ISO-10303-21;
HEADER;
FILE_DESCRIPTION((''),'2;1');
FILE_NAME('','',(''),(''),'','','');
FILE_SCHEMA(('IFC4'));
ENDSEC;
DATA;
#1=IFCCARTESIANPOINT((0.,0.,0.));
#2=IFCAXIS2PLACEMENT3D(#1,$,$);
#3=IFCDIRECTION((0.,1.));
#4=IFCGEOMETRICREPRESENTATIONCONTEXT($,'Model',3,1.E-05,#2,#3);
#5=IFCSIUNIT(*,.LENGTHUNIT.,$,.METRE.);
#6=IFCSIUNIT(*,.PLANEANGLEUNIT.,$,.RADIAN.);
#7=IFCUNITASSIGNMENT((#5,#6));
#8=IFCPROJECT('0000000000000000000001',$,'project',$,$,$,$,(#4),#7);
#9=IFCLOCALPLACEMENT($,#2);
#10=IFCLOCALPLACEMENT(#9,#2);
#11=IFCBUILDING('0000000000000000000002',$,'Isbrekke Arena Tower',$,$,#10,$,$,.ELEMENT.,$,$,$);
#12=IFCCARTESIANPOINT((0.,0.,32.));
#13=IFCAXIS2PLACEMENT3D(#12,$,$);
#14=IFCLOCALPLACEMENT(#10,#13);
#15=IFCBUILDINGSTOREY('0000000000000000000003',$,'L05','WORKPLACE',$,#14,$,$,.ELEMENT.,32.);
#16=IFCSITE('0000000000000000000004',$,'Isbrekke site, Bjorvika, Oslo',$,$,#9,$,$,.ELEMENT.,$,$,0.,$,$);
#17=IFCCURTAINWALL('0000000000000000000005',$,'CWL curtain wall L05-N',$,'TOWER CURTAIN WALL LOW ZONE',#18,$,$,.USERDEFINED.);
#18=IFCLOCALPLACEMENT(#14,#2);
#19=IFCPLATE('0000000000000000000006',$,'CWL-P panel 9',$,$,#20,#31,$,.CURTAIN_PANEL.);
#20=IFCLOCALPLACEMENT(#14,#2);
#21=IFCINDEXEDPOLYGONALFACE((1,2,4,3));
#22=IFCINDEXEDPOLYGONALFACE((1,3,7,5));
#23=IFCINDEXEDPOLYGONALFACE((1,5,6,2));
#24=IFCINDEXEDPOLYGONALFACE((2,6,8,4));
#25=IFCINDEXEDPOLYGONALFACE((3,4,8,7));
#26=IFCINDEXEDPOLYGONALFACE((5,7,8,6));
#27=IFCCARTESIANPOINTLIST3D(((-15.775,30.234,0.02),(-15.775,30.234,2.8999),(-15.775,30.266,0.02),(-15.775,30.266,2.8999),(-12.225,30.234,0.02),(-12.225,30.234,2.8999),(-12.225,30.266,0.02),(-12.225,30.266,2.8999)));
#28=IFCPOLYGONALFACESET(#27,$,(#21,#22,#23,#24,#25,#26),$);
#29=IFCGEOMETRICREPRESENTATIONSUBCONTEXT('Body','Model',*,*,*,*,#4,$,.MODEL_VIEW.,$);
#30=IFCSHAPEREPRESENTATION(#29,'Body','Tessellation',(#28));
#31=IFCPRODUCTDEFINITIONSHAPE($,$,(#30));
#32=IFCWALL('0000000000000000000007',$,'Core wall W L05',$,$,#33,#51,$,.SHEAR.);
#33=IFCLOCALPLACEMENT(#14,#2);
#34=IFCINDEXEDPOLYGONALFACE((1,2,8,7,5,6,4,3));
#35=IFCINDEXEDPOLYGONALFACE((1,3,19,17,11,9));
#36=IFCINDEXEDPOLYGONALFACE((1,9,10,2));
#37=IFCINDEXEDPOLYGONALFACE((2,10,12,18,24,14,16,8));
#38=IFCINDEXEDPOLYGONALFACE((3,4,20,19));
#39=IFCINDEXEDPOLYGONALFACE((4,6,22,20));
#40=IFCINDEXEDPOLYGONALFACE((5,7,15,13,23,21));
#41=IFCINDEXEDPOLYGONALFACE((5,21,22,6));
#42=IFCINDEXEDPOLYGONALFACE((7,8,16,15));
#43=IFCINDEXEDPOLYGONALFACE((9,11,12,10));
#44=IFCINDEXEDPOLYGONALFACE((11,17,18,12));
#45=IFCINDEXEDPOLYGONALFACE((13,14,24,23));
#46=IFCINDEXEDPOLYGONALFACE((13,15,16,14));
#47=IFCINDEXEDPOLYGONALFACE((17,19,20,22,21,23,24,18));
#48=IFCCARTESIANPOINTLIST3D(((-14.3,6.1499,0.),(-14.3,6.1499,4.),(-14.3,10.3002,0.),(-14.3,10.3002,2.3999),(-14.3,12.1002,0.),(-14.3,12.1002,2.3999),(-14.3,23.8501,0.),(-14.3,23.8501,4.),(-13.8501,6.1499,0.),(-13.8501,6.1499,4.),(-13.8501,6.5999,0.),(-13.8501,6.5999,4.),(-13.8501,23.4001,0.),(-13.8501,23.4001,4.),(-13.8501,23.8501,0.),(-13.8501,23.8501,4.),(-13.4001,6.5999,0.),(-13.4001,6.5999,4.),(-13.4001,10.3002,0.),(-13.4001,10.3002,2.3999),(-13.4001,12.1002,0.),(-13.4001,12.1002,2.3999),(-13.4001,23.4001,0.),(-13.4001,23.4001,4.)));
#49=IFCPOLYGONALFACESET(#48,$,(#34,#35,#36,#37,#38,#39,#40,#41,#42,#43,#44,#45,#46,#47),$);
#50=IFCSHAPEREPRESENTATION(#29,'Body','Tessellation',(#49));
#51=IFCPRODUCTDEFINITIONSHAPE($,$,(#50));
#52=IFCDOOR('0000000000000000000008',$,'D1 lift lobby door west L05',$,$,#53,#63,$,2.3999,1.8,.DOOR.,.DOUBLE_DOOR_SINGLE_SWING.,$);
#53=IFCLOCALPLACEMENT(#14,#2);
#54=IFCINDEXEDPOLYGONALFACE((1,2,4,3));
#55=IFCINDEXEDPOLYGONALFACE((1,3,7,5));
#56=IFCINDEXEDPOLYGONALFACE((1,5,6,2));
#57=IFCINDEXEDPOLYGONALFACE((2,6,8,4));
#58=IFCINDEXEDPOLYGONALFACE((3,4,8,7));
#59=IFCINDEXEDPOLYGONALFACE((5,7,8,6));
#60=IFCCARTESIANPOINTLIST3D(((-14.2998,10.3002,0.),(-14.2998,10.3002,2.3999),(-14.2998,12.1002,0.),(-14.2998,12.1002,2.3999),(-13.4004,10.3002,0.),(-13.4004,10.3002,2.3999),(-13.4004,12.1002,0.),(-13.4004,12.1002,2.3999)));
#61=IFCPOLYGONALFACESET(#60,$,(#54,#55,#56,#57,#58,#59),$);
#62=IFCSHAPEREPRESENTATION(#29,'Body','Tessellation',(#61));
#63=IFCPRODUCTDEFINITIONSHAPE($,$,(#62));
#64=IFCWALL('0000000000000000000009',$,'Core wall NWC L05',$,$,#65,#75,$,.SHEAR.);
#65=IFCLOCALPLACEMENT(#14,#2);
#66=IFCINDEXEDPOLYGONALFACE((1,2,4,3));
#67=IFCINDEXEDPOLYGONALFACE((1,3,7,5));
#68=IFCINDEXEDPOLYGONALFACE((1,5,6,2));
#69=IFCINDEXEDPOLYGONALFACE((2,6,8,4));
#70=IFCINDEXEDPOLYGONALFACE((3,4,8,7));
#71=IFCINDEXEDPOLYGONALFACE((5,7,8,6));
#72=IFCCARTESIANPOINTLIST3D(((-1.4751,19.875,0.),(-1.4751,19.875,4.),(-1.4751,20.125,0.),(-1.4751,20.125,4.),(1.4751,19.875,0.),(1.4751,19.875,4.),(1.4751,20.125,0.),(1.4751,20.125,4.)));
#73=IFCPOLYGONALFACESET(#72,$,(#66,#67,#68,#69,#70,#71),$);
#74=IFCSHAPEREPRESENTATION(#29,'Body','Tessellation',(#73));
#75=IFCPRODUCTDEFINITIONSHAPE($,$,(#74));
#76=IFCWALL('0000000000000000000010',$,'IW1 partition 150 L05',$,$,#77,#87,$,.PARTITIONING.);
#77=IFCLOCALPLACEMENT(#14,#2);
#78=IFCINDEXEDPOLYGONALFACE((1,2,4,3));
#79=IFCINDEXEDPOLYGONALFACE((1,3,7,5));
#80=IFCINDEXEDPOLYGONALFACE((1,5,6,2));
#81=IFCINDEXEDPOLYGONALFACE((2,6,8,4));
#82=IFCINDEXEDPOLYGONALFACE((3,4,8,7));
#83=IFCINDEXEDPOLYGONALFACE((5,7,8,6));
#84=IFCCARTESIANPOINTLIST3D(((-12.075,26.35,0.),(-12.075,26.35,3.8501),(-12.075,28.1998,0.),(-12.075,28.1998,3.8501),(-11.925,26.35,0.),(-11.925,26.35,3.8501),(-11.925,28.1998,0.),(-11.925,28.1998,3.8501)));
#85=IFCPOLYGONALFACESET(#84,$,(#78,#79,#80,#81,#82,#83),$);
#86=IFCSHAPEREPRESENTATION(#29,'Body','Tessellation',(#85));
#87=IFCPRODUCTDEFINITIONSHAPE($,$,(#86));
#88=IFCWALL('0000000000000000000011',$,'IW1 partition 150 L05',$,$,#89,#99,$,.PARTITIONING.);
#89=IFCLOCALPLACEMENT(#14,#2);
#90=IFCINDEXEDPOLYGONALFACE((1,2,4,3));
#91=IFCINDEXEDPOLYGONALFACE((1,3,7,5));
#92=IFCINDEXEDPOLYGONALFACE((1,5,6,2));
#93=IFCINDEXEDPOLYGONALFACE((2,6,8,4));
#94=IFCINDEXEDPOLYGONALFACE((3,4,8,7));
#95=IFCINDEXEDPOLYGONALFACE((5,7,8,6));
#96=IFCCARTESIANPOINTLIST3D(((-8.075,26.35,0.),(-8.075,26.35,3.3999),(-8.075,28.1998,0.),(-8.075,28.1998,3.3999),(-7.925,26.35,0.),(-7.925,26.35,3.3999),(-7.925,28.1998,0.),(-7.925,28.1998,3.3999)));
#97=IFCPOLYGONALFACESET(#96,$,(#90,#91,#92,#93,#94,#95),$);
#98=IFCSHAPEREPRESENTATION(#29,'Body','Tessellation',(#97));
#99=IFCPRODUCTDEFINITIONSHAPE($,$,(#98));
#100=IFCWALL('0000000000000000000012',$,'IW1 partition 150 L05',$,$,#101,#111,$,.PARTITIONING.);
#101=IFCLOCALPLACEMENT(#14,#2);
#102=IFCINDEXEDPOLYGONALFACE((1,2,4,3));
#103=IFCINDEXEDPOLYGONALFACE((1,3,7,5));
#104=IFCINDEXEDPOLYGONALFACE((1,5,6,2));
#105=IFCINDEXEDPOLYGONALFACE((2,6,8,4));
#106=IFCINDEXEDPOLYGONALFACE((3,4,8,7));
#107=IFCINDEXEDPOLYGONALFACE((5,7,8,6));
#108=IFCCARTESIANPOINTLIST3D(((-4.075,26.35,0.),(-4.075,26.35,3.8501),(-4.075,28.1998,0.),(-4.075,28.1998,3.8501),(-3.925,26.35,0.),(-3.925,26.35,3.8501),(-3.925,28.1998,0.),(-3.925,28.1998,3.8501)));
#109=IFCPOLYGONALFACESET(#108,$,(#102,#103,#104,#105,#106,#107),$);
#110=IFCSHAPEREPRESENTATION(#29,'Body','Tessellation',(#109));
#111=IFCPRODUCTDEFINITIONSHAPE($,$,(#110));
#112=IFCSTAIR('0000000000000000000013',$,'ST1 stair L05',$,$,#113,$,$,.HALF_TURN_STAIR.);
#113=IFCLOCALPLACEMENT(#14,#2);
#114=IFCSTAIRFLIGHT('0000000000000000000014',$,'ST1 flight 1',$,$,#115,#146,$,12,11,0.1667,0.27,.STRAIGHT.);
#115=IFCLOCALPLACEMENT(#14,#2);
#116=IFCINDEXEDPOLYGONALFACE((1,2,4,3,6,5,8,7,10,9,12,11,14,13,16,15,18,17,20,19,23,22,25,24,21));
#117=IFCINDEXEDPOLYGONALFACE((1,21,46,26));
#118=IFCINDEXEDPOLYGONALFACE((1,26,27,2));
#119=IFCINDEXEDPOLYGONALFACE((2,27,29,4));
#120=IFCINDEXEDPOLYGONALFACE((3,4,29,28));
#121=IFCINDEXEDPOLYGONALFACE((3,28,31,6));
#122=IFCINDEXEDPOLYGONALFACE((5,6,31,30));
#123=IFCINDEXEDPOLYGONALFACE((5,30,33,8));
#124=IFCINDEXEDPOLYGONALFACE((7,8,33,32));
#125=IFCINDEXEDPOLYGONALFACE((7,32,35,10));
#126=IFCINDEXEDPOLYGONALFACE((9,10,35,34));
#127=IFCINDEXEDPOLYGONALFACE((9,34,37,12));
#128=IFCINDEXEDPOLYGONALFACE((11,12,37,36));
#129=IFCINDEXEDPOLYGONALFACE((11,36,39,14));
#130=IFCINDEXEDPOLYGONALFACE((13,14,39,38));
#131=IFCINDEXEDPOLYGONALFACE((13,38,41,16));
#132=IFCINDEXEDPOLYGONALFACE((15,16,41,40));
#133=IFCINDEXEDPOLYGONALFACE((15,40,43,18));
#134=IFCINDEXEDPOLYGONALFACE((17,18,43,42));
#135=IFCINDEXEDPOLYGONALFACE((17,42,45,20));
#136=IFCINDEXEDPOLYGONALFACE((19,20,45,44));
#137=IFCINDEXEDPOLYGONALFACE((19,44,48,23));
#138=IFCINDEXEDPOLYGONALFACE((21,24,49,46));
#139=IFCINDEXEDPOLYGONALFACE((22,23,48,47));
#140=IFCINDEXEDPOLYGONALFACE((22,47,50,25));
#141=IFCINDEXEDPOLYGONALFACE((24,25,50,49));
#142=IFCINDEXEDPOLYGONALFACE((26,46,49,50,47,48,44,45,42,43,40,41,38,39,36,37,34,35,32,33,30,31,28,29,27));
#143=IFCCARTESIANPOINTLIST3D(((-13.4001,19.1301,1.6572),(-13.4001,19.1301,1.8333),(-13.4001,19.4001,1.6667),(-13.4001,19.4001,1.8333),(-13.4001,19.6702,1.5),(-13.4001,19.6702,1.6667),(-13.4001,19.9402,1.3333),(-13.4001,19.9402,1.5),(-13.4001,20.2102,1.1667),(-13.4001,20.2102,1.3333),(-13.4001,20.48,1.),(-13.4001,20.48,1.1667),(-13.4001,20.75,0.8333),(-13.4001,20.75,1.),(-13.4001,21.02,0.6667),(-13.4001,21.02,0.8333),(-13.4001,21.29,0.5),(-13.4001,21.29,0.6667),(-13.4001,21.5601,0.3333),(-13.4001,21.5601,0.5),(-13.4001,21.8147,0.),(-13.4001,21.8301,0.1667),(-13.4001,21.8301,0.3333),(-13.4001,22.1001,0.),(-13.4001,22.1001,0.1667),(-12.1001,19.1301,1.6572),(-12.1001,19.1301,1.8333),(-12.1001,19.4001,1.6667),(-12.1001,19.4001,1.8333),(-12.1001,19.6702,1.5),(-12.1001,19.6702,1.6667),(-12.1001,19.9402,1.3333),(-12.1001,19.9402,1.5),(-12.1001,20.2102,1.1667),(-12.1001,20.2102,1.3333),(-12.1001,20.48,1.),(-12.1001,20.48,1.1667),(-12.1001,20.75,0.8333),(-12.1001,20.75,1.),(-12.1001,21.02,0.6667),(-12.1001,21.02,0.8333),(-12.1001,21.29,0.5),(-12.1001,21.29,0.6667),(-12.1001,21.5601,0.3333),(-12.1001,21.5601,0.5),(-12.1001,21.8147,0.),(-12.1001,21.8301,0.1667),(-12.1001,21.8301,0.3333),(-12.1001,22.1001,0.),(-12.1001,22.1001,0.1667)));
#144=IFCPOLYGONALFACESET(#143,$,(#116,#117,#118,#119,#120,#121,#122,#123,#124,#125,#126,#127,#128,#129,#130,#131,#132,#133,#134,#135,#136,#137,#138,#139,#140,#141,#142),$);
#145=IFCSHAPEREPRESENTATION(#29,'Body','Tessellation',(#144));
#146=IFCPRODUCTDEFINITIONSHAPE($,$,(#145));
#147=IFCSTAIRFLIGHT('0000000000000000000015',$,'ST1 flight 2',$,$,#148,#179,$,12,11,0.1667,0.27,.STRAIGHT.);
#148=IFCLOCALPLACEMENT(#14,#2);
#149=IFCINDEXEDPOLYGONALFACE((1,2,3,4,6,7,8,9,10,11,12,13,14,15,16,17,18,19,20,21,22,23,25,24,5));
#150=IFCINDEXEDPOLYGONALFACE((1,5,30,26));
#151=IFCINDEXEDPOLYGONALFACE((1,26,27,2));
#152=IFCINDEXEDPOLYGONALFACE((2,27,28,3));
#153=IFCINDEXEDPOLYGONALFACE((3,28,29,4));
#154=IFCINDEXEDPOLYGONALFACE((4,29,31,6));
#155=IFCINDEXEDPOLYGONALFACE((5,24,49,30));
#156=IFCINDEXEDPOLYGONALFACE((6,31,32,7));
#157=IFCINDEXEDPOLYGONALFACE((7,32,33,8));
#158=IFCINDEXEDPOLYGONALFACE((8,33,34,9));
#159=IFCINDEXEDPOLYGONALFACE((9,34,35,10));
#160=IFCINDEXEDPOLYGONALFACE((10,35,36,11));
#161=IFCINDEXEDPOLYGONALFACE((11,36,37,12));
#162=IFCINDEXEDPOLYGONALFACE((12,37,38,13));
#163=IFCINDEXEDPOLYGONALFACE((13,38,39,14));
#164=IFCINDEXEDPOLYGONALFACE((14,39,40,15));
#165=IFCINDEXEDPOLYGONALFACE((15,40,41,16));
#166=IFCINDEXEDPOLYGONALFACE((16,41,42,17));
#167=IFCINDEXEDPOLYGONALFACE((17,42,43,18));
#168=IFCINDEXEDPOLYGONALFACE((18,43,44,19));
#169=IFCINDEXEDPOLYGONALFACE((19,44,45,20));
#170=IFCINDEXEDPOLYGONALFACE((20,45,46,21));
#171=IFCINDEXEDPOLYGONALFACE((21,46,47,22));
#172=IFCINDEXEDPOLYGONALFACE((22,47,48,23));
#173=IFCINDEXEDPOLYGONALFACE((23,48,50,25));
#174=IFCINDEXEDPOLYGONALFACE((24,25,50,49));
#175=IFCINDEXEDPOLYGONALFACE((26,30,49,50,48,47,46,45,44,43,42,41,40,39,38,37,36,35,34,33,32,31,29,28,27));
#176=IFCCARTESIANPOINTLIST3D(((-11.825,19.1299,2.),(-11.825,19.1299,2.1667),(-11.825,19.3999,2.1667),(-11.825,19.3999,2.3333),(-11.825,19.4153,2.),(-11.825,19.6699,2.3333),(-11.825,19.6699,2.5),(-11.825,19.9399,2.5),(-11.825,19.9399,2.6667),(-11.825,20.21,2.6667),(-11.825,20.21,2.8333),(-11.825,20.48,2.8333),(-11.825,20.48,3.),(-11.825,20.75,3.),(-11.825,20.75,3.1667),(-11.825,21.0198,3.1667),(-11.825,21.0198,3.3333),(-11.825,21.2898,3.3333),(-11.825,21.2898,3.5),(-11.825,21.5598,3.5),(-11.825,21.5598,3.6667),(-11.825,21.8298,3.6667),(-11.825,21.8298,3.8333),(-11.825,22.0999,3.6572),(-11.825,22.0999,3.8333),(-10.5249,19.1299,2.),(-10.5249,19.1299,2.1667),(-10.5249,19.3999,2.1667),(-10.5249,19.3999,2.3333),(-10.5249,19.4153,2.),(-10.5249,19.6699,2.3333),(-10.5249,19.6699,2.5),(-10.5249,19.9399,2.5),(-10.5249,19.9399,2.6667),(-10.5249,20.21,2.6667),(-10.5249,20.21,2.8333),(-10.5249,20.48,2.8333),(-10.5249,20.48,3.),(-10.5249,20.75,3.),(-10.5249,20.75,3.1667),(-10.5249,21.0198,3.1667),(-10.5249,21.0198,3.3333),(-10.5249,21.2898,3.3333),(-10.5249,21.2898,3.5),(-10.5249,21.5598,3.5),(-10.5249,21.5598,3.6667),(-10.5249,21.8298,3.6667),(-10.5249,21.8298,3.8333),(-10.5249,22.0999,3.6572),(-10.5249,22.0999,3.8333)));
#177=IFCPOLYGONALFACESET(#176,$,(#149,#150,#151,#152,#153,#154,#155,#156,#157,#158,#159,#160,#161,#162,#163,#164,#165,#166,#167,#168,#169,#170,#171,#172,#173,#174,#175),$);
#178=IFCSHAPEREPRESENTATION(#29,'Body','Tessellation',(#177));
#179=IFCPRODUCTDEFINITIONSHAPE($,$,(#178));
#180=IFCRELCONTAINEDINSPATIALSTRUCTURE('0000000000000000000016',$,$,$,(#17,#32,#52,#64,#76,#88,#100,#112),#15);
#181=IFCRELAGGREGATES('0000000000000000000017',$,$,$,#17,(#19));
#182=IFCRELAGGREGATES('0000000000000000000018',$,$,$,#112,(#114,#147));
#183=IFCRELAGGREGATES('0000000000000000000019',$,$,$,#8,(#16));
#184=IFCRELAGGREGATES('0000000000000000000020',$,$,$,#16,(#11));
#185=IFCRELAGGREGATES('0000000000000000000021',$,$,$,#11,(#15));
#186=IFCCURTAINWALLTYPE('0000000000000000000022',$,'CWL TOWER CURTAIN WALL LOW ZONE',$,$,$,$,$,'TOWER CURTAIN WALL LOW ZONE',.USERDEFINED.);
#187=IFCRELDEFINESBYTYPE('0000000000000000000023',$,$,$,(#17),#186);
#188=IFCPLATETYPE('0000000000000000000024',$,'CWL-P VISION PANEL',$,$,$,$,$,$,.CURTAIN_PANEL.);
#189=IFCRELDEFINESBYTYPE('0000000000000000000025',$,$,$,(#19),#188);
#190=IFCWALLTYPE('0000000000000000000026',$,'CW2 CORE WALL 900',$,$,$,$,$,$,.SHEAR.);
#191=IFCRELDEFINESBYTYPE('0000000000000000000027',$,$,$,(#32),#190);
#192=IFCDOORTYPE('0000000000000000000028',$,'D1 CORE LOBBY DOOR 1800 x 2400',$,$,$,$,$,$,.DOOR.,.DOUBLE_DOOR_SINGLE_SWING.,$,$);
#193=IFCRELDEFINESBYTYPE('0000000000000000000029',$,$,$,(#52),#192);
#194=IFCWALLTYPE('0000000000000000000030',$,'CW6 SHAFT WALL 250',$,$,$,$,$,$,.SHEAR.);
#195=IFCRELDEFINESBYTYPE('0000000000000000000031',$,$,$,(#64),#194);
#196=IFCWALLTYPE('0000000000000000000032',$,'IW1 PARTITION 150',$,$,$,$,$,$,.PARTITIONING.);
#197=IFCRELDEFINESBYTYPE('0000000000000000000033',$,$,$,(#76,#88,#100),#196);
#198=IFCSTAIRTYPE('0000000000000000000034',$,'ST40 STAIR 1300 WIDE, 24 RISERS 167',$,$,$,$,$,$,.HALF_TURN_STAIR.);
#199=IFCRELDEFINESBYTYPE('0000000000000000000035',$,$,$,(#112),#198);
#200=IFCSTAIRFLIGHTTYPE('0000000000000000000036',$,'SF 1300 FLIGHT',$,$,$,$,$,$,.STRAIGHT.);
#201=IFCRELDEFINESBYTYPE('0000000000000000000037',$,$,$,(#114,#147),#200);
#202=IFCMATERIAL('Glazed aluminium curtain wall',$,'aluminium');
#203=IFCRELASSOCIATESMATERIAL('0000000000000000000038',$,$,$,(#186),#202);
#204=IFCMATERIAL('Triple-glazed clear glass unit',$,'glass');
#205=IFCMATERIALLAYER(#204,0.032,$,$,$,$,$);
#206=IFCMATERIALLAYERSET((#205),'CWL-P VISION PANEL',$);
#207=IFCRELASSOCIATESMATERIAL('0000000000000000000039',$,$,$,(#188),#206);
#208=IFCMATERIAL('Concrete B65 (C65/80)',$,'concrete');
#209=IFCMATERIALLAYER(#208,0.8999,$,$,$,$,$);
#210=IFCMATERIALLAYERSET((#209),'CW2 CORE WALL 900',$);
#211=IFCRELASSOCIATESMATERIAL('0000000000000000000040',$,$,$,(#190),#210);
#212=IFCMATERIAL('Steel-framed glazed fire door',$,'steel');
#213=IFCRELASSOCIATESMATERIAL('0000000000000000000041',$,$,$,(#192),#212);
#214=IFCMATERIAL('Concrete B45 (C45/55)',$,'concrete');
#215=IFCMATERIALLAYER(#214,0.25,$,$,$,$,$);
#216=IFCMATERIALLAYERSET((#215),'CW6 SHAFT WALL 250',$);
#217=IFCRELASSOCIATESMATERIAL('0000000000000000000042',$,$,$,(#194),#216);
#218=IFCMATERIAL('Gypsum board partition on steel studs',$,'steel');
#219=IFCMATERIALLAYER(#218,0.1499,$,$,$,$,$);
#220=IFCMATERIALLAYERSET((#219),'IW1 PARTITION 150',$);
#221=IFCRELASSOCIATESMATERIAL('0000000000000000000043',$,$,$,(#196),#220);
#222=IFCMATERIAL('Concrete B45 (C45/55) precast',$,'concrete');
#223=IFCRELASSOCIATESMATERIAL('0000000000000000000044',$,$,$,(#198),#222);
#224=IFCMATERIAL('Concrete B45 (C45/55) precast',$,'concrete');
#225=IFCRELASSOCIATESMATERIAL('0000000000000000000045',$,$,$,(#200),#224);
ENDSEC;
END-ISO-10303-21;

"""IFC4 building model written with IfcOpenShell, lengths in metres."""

from ifc_helpers import new_model, si_unit, direction, frame, frame_2d, origin, origin_2d, place, context, subcontext, project, spatial, polyline, rectangle, outline, extrude, material, layer, layer_set, type_object, element, fill, aggregate, save


model = new_model("IFC4")

# Units and contexts
model_context = context("Model", 3, precision=1e-05, world=origin(), true_north=direction((0.0, 1.0)))
body_context = subcontext(model_context, "Body", "Model", "MODEL_VIEW")
ifc_project = project(units=[si_unit("LENGTHUNIT", "METRE"), si_unit("PLANEANGLEUNIT", "RADIAN")], contexts=[model_context])

# Site, building, storey
site_placement = place(None, origin())
site = spatial("IfcSite", under=ifc_project, at=site_placement, Name="Isbrekke site, Bjorvika, Oslo", CompositionType="ELEMENT", RefElevation=0.0)
building_placement = place(site_placement, origin())
building = spatial("IfcBuilding", under=site, at=building_placement, Name="Isbrekke Arena Tower", CompositionType="ELEMENT")
storey_placement = place(building_placement, frame((0.0, 0.0, 32.0)))
storey = spatial("IfcBuildingStorey", under=building, at=storey_placement, Name="L05", Description="WORKPLACE", CompositionType="ELEMENT", Elevation=32.0)

# Curtain wall
ifc_material_1 = material(Name="Glazed aluminium curtain wall", Category="aluminium")
curtain_wall_type = type_object("IfcCurtainWallType", Name="CWL TOWER CURTAIN WALL LOW ZONE", ElementType="TOWER CURTAIN WALL LOW ZONE", PredefinedType="USERDEFINED", material=ifc_material_1)
curtain_wall_placement = place(storey_placement, origin())
curtain_wall = element("IfcCurtainWall", 1, at=curtain_wall_placement, inside=storey, type_object=curtain_wall_type, Name="CWL curtain wall L05-N", ObjectType="TOWER CURTAIN WALL LOW ZONE", PredefinedType="USERDEFINED")

# Plate
ifc_material_2 = material(Name="Triple-glazed clear glass unit", Category="glass")
ifc_layer_1 = layer(ifc_material_2, 0.032)
ifc_layer_set_1 = layer_set([ifc_layer_1], Name="CWL-P VISION PANEL")
plate_type = type_object("IfcPlateType", Name="CWL-P VISION PANEL", PredefinedType="CURTAIN_PANEL", material=ifc_layer_set_1)
plate_1_placement = place(storey_placement, frame((-14.0, 30.25, 0.02), z_axis=(0.0, 0.0, 1.0), x_axis=(-1.0, 0.0, 0.0)))
plate_1 = element("IfcPlate", 2, at=plate_1_placement, type_object=plate_type, Name="CWL-P panel 9", PredefinedType="CURTAIN_PANEL", context=body_context, shape_type="SweptSolid", body=[
    extrude(rectangle(XDim=3.55, YDim=0.032, at=origin_2d()), origin(), (0.0, 0.0, 1.0), 2.8799),
])
aggregate(curtain_wall, [plate_1])

# Wall, opening, door
ifc_material_3 = material(Name="Concrete B65 (C65/80)", Category="concrete")
ifc_layer_2 = layer(ifc_material_3, 0.8999)
ifc_layer_set_2 = layer_set([ifc_layer_2], Name="CW2 CORE WALL 900")
wall_type_1 = type_object("IfcWallType", Name="CW2 CORE WALL 900", PredefinedType="SHEAR", material=ifc_layer_set_2)
wall_1_placement = place(storey_placement, frame((-13.8501, 23.8501, 0.0), z_axis=(0.0, 0.0, 1.0), x_axis=(0.0, -1.0, 0.0)))
wall_1 = element("IfcWall", 3, at=wall_1_placement, inside=storey, type_object=wall_type_1, Name="Core wall W L05", PredefinedType="SHEAR", context=body_context, shape_type="SweptSolid", body=[
    extrude(outline(polyline([(0.0, -0.45), (17.7002, -0.45), (17.7002, 0.0), (17.2502, 0.0), (17.2502, 0.45), (0.45, 0.45), (0.45, 0.0), (0.0, 0.0), (0.0, -0.45)])), origin(), (0.0, 0.0, 1.0), 4.0),
])
opening_placement = place(wall_1_placement, frame((11.75, 0.0, 0.0)))
opening = element("IfcOpeningElement", 4, at=opening_placement, cuts=wall_1, PredefinedType="OPENING", context=body_context, shape_type="SweptSolid", body=[
    extrude(rectangle(XDim=1.8, YDim=2.3999, at=frame_2d((0.8999, 1.2))), frame((0.0, 0.4648, 0.0), z_axis=(0.0, -1.0, 0.0), x_axis=(1.0, 0.0, 0.0)), (0.0, 0.0, 1.0), 0.9297),
])
ifc_material_4 = material(Name="Steel-framed glazed fire door", Category="steel")
door_type = type_object("IfcDoorType", Name="D1 CORE LOBBY DOOR 1800 x 2400", OperationType="DOUBLE_DOOR_SINGLE_SWING", PredefinedType="DOOR", material=ifc_material_4)
door_placement = place(opening_placement, origin())
door = element("IfcDoor", 5, at=door_placement, inside=storey, type_object=door_type, Name="D1 lift lobby door west L05", OperationType="DOUBLE_DOOR_SINGLE_SWING", OverallHeight=2.3999, OverallWidth=1.8, PredefinedType="DOOR", context=body_context, shape_type="SweptSolid", body=[
    extrude(rectangle(XDim=1.8, YDim=2.3999, at=frame_2d((0.8999, 1.2))), frame((0.0, 0.4497, 0.0), z_axis=(0.0, -1.0, 0.0), x_axis=(1.0, 0.0, 0.0)), (0.0, 0.0, 1.0), 0.8994),
])
fill(opening, door)

# Walls
ifc_material_5 = material(Name="Concrete B45 (C45/55)", Category="concrete")
ifc_layer_3 = layer(ifc_material_5, 0.25)
ifc_layer_set_3 = layer_set([ifc_layer_3], Name="CW6 SHAFT WALL 250")
wall_type_2 = type_object("IfcWallType", Name="CW6 SHAFT WALL 250", PredefinedType="SHEAR", material=ifc_layer_set_3)
wall_2_placement = place(storey_placement, frame((-1.4751, 20.0, 0.0), z_axis=(0.0, 0.0, 1.0), x_axis=(1.0, 0.0, 0.0)))
element("IfcWall", 6, at=wall_2_placement, inside=storey, type_object=wall_type_2, Name="Core wall NWC L05", PredefinedType="SHEAR", context=body_context, shape_type="SweptSolid", body=[
    extrude(rectangle(XDim=2.9502, YDim=0.25, at=frame_2d((1.4751, 0.0))), origin(), (0.0, 0.0, 1.0), 4.0),
])
ifc_material_6 = material(Name="Gypsum board partition on steel studs", Category="steel")
ifc_layer_4 = layer(ifc_material_6, 0.1499)
ifc_layer_set_4 = layer_set([ifc_layer_4], Name="IW1 PARTITION 150")
wall_type_3 = type_object("IfcWallType", Name="IW1 PARTITION 150", PredefinedType="PARTITIONING", material=ifc_layer_set_4)
wall_3_placement = place(storey_placement, frame((-12.0, 26.3501, 0.0), z_axis=(0.0, 0.0, 1.0), x_axis=(0.0, 1.0, 0.0)))
element("IfcWall", 7, at=wall_3_placement, inside=storey, type_object=wall_type_3, Name="IW1 partition 150 L05", PredefinedType="PARTITIONING", context=body_context, shape_type="SweptSolid", body=[
    extrude(rectangle(XDim=1.8499, YDim=0.1499, at=frame_2d((0.9248, 0.0))), origin(), (0.0, 0.0, 1.0), 3.8501),
])
wall_4_placement = place(storey_placement, frame((-8.0, 26.3501, 0.0), z_axis=(0.0, 0.0, 1.0), x_axis=(0.0, 1.0, 0.0)))
element("IfcWall", 8, at=wall_4_placement, inside=storey, type_object=wall_type_3, Name="IW1 partition 150 L05", PredefinedType="PARTITIONING", context=body_context, shape_type="SweptSolid", body=[
    extrude(rectangle(XDim=1.8499, YDim=0.1499, at=frame_2d((0.9248, 0.0))), origin(), (0.0, 0.0, 1.0), 3.3999),
])
wall_5_placement = place(storey_placement, frame((-4.0, 26.3501, 0.0), z_axis=(0.0, 0.0, 1.0), x_axis=(0.0, 1.0, 0.0)))
element("IfcWall", 9, at=wall_5_placement, inside=storey, type_object=wall_type_3, Name="IW1 partition 150 L05", PredefinedType="PARTITIONING", context=body_context, shape_type="SweptSolid", body=[
    extrude(rectangle(XDim=1.8499, YDim=0.1499, at=frame_2d((0.9248, 0.0))), origin(), (0.0, 0.0, 1.0), 3.8501),
])

# Stair, stair flights
ifc_material_7 = material(Name="Concrete B45 (C45/55) precast", Category="concrete")
stair_type = type_object("IfcStairType", Name="ST40 STAIR 1300 WIDE, 24 RISERS 167", PredefinedType="HALF_TURN_STAIR", material=ifc_material_7)
stair_placement = place(storey_placement, origin())
stair = element("IfcStair", 10, at=stair_placement, inside=storey, type_object=stair_type, Name="ST1 stair L05", PredefinedType="HALF_TURN_STAIR")
ifc_material_8 = material(Name="Concrete B45 (C45/55) precast", Category="concrete")
stair_flight_type = type_object("IfcStairFlightType", Name="SF 1300 FLIGHT", PredefinedType="STRAIGHT", material=ifc_material_8)
stair_flight_1_placement = place(storey_placement, frame((-12.75, 22.1001, 0.0), z_axis=(0.0, 0.0, 1.0), x_axis=(0.0, -1.0, 0.0)))
stair_flight_1 = element("IfcStairFlight", 11, at=stair_flight_1_placement, type_object=stair_flight_type, Name="ST1 flight 1", NumberOfRisers=12, NumberOfTreads=11, PredefinedType="STRAIGHT", RiserHeight=0.1667, TreadLength=0.27, context=body_context, shape_type="SweptSolid", body=[
    extrude(outline(polyline([(0.0, 0.0), (0.0, 0.1667), (0.27, 0.1667), (0.27, 0.3333), (0.54, 0.3333), (0.54, 0.5), (0.8101, 0.5), (0.8101, 0.6667), (1.0801, 0.6667), (1.0801, 0.8333), (1.3501, 0.8333), (1.3501, 1.0), (1.6201, 1.0), (1.6201, 1.1667), (1.8899, 1.1667), (1.8899, 1.3333), (2.1599, 1.3333), (2.1599, 1.5), (2.4299, 1.5), (2.4299, 1.6667), (2.7, 1.6667), (2.7, 1.8333), (2.97, 1.8333), (2.97, 2.0), (2.97, 1.6572), (0.2854, 0.0), (0.0, 0.0)])), frame((0.0, 0.6499, 0.0), z_axis=(0.0, -1.0, 0.0), x_axis=(1.0, 0.0, 0.0)), (0.0, 0.0, 1.0), 1.3),
])
stair_flight_2_placement = place(storey_placement, frame((-11.175, 19.1299, 2.0), z_axis=(0.0, 0.0, 1.0), x_axis=(0.0, 1.0, 0.0)))
stair_flight_2 = element("IfcStairFlight", 12, at=stair_flight_2_placement, type_object=stair_flight_type, Name="ST1 flight 2", NumberOfRisers=12, NumberOfTreads=11, PredefinedType="STRAIGHT", RiserHeight=0.1667, TreadLength=0.27, context=body_context, shape_type="SweptSolid", body=[
    extrude(outline(polyline([(0.0, 0.0), (0.0, 0.1667), (0.27, 0.1667), (0.27, 0.3333), (0.54, 0.3333), (0.54, 0.5), (0.8101, 0.5), (0.8101, 0.6667), (1.0801, 0.6667), (1.0801, 0.8333), (1.3501, 0.8333), (1.3501, 1.0), (1.6201, 1.0), (1.6201, 1.1667), (1.8899, 1.1667), (1.8899, 1.3333), (2.1599, 1.3333), (2.1599, 1.5), (2.4299, 1.5), (2.4299, 1.6667), (2.7, 1.6667), (2.7, 1.8333), (2.97, 1.8333), (2.97, 2.0), (2.97, 1.6572), (0.2854, 0.0), (0.0, 0.0)])), frame((0.0, 0.6499, 0.0), z_axis=(0.0, -1.0, 0.0), x_axis=(1.0, 0.0, 0.0)), (0.0, 0.0, 1.0), 1.3),
])
aggregate(stair, [stair_flight_1, stair_flight_2])

save(model, "model.ifc")
